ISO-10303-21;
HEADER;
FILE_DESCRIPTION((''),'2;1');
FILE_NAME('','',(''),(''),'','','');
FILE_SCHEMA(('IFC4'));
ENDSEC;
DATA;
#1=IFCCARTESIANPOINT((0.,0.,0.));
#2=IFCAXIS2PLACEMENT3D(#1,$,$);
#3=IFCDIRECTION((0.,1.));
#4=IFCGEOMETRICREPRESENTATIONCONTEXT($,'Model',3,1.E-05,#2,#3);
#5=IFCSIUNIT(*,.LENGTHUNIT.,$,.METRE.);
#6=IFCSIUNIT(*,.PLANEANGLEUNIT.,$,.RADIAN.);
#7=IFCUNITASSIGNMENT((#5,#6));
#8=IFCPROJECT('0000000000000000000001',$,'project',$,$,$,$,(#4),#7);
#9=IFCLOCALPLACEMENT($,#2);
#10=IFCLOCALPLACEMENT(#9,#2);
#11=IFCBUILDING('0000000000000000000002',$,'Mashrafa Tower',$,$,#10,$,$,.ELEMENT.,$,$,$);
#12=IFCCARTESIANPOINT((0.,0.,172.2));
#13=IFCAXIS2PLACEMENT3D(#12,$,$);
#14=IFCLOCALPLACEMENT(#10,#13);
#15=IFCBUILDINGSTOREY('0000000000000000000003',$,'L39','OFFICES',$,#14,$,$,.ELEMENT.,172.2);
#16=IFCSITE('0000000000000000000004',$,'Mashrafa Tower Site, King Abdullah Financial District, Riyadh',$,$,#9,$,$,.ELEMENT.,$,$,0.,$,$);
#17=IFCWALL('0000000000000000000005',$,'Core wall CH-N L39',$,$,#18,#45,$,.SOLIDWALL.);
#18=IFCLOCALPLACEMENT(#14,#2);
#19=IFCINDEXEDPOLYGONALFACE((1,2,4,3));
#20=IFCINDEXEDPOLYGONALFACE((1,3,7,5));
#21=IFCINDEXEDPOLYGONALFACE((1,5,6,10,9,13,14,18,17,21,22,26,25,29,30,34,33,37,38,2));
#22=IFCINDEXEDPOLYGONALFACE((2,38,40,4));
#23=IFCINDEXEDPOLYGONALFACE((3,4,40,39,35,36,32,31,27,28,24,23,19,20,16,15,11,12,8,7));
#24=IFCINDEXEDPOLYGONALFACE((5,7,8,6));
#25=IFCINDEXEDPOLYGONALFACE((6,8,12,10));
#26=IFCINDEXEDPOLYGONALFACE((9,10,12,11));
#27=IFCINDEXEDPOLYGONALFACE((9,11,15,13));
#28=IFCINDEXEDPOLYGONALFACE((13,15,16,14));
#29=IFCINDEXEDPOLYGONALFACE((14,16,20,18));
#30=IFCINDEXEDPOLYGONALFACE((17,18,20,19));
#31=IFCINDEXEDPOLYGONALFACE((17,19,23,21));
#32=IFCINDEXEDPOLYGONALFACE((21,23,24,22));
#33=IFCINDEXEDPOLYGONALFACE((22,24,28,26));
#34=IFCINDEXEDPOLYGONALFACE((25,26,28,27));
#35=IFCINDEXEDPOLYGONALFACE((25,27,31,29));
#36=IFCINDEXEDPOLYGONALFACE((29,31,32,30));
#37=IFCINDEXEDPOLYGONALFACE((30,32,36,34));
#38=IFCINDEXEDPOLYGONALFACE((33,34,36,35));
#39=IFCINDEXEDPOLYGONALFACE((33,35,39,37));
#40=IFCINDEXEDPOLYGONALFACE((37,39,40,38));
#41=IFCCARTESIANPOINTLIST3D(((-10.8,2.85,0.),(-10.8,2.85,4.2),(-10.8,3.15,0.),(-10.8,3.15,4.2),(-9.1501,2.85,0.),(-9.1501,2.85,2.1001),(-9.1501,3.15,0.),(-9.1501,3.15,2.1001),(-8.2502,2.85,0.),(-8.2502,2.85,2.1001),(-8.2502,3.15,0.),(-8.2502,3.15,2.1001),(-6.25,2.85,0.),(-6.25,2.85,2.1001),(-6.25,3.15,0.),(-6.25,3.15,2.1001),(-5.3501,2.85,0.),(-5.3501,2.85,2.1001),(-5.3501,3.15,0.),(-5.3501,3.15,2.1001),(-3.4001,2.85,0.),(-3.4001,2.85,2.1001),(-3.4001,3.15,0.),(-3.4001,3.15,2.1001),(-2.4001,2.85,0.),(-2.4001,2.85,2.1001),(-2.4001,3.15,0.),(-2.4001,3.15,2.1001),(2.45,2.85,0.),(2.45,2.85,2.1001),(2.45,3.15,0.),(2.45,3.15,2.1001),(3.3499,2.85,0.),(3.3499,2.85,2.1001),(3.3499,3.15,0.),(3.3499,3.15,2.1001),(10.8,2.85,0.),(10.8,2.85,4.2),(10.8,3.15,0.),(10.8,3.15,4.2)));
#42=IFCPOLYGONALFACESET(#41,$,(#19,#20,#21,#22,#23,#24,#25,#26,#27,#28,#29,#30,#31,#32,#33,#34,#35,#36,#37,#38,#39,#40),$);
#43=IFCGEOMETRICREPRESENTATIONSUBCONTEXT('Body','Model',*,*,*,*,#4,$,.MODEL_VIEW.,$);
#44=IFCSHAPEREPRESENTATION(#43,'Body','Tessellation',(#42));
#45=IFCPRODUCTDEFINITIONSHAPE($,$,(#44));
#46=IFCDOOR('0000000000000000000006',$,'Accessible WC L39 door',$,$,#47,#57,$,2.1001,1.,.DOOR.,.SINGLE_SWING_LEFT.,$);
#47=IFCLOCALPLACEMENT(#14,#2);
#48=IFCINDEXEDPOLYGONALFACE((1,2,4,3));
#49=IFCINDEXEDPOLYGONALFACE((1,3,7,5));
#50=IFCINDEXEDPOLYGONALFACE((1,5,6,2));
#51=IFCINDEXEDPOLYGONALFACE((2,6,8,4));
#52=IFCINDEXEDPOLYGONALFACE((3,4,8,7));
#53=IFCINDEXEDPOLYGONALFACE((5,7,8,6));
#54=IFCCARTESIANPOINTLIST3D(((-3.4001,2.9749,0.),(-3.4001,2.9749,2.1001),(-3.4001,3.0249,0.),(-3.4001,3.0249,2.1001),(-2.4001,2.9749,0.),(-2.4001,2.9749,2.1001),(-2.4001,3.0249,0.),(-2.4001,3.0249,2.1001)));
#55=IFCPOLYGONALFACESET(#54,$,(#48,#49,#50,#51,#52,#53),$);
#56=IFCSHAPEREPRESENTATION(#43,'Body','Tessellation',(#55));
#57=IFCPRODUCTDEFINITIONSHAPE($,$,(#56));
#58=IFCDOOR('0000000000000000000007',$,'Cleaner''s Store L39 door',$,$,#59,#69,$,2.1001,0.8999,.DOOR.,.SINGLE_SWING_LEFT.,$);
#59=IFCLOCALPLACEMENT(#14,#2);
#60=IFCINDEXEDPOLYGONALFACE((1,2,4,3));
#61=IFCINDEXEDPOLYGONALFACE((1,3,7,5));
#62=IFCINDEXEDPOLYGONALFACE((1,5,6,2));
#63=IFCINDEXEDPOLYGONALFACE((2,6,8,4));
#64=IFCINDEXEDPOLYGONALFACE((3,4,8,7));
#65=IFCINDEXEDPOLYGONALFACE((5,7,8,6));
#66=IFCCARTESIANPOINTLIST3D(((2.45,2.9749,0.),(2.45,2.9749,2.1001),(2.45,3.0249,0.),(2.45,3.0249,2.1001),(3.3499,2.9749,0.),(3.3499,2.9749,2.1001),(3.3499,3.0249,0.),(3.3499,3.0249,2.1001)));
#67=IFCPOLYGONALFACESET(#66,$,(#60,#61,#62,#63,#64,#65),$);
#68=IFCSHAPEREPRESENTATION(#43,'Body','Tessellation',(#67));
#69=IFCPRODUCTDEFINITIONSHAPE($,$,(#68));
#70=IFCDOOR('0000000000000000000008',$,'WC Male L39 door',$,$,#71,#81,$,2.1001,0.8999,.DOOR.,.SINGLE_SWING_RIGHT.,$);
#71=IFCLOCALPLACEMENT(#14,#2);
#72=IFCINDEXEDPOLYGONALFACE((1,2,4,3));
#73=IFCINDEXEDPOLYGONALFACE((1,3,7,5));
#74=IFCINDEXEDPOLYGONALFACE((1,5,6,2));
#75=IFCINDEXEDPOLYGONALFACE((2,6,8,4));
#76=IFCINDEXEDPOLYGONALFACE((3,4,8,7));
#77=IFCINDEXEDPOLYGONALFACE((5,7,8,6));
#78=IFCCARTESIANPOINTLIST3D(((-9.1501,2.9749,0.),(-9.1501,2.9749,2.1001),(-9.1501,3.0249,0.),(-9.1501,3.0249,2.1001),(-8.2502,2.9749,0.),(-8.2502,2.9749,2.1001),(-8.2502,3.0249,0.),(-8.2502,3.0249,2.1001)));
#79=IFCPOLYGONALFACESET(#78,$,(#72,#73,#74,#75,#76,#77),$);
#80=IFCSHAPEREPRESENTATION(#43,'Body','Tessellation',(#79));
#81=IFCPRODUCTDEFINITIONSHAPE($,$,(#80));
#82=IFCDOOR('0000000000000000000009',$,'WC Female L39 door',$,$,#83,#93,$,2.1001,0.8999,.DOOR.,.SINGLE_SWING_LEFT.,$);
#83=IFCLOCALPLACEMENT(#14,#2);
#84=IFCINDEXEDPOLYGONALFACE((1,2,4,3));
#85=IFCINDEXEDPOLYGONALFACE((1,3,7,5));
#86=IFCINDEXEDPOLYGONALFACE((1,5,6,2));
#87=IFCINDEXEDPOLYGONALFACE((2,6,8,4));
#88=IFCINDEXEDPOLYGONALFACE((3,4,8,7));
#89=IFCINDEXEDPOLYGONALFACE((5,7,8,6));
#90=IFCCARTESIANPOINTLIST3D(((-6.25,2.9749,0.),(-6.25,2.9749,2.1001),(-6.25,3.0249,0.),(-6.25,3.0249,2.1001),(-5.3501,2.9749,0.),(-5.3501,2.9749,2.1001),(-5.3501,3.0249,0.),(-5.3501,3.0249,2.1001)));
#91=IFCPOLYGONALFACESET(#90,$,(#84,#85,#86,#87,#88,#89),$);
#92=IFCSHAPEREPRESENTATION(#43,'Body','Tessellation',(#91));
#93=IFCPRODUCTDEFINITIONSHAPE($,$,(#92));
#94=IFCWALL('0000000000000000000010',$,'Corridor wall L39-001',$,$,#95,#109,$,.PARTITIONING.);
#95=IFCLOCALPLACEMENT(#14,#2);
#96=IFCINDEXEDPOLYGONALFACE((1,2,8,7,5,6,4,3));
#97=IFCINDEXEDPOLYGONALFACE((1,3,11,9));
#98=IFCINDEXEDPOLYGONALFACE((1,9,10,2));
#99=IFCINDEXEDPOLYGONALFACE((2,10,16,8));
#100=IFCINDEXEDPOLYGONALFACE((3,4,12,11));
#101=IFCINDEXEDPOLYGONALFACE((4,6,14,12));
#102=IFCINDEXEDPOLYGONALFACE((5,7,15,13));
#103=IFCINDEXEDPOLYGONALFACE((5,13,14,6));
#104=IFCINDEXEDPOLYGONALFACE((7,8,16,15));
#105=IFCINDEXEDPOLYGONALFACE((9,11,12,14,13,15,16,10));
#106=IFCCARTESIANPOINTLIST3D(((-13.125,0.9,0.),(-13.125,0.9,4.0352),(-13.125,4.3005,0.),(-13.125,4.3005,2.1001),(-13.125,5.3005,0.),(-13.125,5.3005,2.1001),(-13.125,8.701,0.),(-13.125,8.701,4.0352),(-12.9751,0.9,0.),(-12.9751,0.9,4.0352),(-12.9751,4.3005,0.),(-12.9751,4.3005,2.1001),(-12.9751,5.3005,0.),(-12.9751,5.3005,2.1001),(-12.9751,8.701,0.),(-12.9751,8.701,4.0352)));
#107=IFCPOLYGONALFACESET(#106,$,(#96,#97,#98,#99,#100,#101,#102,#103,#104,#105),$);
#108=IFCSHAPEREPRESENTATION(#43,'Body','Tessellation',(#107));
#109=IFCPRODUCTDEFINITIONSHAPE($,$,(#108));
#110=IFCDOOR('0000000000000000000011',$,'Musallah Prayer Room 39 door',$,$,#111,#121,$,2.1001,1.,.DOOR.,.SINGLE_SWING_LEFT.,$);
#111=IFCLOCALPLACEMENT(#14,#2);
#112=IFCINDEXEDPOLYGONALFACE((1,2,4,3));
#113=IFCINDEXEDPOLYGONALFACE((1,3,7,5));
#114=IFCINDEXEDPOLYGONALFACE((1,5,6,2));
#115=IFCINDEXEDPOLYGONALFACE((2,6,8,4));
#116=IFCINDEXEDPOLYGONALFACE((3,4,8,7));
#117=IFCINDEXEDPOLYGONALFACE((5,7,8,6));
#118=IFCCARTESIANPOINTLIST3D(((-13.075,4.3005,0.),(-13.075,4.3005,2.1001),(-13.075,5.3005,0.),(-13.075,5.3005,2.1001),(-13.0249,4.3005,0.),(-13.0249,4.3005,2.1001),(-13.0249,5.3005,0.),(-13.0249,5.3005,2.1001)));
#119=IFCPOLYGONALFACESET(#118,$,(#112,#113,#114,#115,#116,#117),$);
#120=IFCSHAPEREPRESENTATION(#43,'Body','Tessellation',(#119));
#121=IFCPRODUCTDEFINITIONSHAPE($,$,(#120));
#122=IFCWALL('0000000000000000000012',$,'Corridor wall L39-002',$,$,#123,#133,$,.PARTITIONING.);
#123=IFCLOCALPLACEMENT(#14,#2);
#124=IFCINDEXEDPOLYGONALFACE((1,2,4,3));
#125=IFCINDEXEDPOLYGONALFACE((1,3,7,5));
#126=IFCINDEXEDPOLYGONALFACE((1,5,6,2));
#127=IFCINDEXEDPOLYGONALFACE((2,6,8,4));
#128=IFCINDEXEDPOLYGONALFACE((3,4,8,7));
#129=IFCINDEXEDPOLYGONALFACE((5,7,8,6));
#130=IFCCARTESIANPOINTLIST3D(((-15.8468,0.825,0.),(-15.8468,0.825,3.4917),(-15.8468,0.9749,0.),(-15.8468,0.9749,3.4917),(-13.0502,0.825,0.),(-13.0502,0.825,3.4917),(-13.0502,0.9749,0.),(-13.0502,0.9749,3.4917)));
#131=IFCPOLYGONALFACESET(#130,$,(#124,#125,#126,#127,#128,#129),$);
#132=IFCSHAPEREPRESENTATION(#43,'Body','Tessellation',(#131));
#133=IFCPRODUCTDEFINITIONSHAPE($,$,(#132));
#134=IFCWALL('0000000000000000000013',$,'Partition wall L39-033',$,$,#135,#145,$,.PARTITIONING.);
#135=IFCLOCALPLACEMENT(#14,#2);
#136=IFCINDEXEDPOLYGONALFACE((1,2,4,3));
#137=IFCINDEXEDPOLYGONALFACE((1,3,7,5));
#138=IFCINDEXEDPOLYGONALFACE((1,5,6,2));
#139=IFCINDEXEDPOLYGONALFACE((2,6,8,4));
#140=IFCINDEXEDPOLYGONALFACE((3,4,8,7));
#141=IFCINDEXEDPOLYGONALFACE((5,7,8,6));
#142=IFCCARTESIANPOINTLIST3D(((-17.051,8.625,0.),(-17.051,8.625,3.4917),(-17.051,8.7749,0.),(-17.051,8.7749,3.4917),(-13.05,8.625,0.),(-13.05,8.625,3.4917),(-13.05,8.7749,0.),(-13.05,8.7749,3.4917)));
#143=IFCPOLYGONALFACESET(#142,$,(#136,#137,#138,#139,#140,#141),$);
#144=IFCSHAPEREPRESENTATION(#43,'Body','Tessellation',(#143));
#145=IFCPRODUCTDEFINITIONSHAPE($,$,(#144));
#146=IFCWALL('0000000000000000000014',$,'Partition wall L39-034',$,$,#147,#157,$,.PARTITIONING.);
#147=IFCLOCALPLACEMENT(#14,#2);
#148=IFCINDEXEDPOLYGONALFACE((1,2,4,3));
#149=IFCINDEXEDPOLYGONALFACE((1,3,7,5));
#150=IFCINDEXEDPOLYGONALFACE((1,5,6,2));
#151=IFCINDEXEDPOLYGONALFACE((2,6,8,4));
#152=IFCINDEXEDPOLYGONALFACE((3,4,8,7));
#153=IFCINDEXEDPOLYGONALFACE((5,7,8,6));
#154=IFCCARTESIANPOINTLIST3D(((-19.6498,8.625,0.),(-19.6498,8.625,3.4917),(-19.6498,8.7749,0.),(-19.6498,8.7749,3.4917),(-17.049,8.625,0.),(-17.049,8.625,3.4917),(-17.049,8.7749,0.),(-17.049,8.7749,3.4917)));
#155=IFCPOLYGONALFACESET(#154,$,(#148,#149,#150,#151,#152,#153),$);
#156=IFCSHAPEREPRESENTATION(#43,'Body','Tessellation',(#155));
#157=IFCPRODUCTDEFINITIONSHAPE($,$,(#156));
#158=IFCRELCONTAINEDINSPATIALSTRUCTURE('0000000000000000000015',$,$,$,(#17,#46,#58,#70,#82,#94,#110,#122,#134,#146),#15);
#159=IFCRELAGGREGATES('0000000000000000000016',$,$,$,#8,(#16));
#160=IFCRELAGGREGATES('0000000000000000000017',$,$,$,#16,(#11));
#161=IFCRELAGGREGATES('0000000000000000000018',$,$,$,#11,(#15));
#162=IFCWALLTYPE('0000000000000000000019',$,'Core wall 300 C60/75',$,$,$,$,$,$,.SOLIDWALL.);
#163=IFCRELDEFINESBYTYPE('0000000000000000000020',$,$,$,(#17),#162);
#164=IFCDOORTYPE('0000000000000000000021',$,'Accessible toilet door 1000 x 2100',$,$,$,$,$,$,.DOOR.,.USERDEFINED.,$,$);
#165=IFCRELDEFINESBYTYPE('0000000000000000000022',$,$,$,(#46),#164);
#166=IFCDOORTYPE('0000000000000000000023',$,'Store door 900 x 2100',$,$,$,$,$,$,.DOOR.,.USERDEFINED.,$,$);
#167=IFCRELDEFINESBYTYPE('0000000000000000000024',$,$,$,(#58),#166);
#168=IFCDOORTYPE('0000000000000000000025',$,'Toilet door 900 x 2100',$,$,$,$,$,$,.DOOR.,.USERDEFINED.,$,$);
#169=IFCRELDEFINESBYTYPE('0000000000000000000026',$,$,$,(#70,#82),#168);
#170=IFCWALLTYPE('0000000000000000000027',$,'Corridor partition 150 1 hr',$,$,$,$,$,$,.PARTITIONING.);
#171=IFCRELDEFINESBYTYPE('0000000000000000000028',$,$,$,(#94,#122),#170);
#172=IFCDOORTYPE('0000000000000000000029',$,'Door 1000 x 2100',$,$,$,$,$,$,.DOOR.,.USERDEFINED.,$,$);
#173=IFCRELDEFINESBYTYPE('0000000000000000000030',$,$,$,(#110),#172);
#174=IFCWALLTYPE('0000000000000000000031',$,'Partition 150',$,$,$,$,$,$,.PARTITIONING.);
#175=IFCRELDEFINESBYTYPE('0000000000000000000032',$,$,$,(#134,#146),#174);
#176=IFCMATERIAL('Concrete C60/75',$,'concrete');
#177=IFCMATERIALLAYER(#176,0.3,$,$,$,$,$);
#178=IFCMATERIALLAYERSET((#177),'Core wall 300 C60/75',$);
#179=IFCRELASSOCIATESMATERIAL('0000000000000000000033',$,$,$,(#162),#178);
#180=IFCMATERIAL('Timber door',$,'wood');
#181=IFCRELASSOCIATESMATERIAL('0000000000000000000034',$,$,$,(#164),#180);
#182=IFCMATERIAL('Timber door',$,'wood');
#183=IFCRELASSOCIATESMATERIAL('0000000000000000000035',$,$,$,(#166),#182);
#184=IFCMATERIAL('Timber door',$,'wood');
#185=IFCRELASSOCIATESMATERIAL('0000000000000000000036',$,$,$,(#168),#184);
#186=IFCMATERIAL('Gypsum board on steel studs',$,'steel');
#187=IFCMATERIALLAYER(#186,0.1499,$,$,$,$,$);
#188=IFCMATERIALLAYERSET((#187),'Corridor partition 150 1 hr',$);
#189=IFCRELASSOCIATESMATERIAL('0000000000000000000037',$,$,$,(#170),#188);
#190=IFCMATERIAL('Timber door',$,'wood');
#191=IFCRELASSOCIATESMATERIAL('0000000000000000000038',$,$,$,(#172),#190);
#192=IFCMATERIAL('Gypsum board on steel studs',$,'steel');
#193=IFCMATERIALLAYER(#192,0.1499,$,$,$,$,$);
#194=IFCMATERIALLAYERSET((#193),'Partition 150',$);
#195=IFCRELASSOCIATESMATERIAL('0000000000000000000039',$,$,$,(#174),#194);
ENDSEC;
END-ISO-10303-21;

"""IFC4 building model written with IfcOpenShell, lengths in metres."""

from ifc_helpers import new_model, si_unit, direction, frame, frame_2d, origin, place, context, subcontext, project, spatial, rectangle, extrude, material, layer, layer_set, type_object, element, fill, save


model = new_model("IFC4")

# Units and contexts
model_context = context("Model", 3, precision=1e-05, world=origin(), true_north=direction((0.0, 1.0)))
body_context = subcontext(model_context, "Body", "Model", "MODEL_VIEW")
ifc_project = project(units=[si_unit("LENGTHUNIT", "METRE"), si_unit("PLANEANGLEUNIT", "RADIAN")], contexts=[model_context])

# Site, building, storey
site_placement = place(None, origin())
site = spatial("IfcSite", under=ifc_project, at=site_placement, Name="Mashrafa Tower Site, King Abdullah Financial District, Riyadh", CompositionType="ELEMENT", RefElevation=0.0)
building_placement = place(site_placement, origin())
building = spatial("IfcBuilding", under=site, at=building_placement, Name="Mashrafa Tower", CompositionType="ELEMENT")
storey_placement = place(building_placement, frame((0.0, 0.0, 172.2)))
storey = spatial("IfcBuildingStorey", under=building, at=storey_placement, Name="L39", Description="OFFICES", CompositionType="ELEMENT", Elevation=172.2)

# Wall, openings, doors
ifc_material_1 = material(Name="Concrete C60/75", Category="concrete")
ifc_layer_1 = layer(ifc_material_1, 0.3)
ifc_layer_set_1 = layer_set([ifc_layer_1], Name="Core wall 300 C60/75")
wall_type_1 = type_object("IfcWallType", Name="Core wall 300 C60/75", PredefinedType="SOLIDWALL", material=ifc_layer_set_1)
wall_1_placement = place(storey_placement, frame((-10.8, 3.0, 0.0), z_axis=(0.0, 0.0, 1.0), x_axis=(1.0, 0.0, 0.0)))
wall_1 = element("IfcWall", 1, at=wall_1_placement, inside=storey, type_object=wall_type_1, Name="Core wall CH-N L39", PredefinedType="SOLIDWALL", context=body_context, shape_type="SweptSolid", body=[
    extrude(rectangle(XDim=21.6001, YDim=0.3, at=frame_2d((10.8, 0.0))), origin(), (0.0, 0.0, 1.0), 4.2),
])
opening_1_placement = place(wall_1_placement, frame((1.6499, 0.0, 0.0)))
opening_1 = element("IfcOpeningElement", 2, at=opening_1_placement, cuts=wall_1, PredefinedType="OPENING", context=body_context, shape_type="SweptSolid", body=[
    extrude(rectangle(XDim=0.8999, YDim=2.1001, at=frame_2d((0.45, 1.05))), frame((0.0, 0.1599, 0.0), z_axis=(0.0, -1.0, 0.0), x_axis=(1.0, 0.0, 0.0)), (0.0, 0.0, 1.0), 0.3201),
])
opening_2_placement = place(wall_1_placement, frame((4.55, 0.0, 0.0)))
opening_2 = element("IfcOpeningElement", 3, at=opening_2_placement, cuts=wall_1, PredefinedType="OPENING", context=body_context, shape_type="SweptSolid", body=[
    extrude(rectangle(XDim=0.8999, YDim=2.1001, at=frame_2d((0.45, 1.05))), frame((0.0, 0.1599, 0.0), z_axis=(0.0, -1.0, 0.0), x_axis=(1.0, 0.0, 0.0)), (0.0, 0.0, 1.0), 0.3201),
])
opening_3_placement = place(wall_1_placement, frame((7.3999, 0.0, 0.0)))
opening_3 = element("IfcOpeningElement", 4, at=opening_3_placement, cuts=wall_1, PredefinedType="OPENING", context=body_context, shape_type="SweptSolid", body=[
    extrude(rectangle(XDim=1.0, YDim=2.1001, at=frame_2d((0.5, 1.05))), frame((0.0, 0.1599, 0.0), z_axis=(0.0, -1.0, 0.0), x_axis=(1.0, 0.0, 0.0)), (0.0, 0.0, 1.0), 0.3201),
])
opening_4_placement = place(wall_1_placement, frame((13.25, 0.0, 0.0)))
opening_4 = element("IfcOpeningElement", 5, at=opening_4_placement, cuts=wall_1, PredefinedType="OPENING", context=body_context, shape_type="SweptSolid", body=[
    extrude(rectangle(XDim=0.8999, YDim=2.1001, at=frame_2d((0.45, 1.05))), frame((0.0, 0.1599, 0.0), z_axis=(0.0, -1.0, 0.0), x_axis=(1.0, 0.0, 0.0)), (0.0, 0.0, 1.0), 0.3201),
])
ifc_material_2 = material(Name="Timber door", Category="wood")
door_type_1 = type_object("IfcDoorType", Name="Accessible toilet door 1000 x 2100", OperationType="USERDEFINED", PredefinedType="DOOR", material=ifc_material_2)
door_1_placement = place(opening_3_placement, origin())
door_1 = element("IfcDoor", 6, at=door_1_placement, inside=storey, type_object=door_type_1, Name="Accessible WC L39 door", OperationType="SINGLE_SWING_LEFT", OverallHeight=2.1001, OverallWidth=1.0, PredefinedType="DOOR", context=body_context, shape_type="SweptSolid", body=[
    extrude(rectangle(XDim=1.0, YDim=2.1001, at=frame_2d((0.5, 1.05))), frame((0.0, 0.0249, 0.0), z_axis=(0.0, -1.0, 0.0), x_axis=(1.0, 0.0, 0.0)), (0.0, 0.0, 1.0), 0.05),
])
fill(opening_3, door_1)
ifc_material_3 = material(Name="Timber door", Category="wood")
door_type_2 = type_object("IfcDoorType", Name="Store door 900 x 2100", OperationType="USERDEFINED", PredefinedType="DOOR", material=ifc_material_3)
door_2_placement = place(opening_4_placement, origin())
door_2 = element("IfcDoor", 7, at=door_2_placement, inside=storey, type_object=door_type_2, Name="Cleaner's Store L39 door", OperationType="SINGLE_SWING_LEFT", OverallHeight=2.1001, OverallWidth=0.8999, PredefinedType="DOOR", context=body_context, shape_type="SweptSolid", body=[
    extrude(rectangle(XDim=0.8999, YDim=2.1001, at=frame_2d((0.45, 1.05))), frame((0.0, 0.0249, 0.0), z_axis=(0.0, -1.0, 0.0), x_axis=(1.0, 0.0, 0.0)), (0.0, 0.0, 1.0), 0.05),
])
fill(opening_4, door_2)
ifc_material_4 = material(Name="Timber door", Category="wood")
door_type_3 = type_object("IfcDoorType", Name="Toilet door 900 x 2100", OperationType="USERDEFINED", PredefinedType="DOOR", material=ifc_material_4)
door_3_placement = place(opening_1_placement, origin())
door_3 = element("IfcDoor", 8, at=door_3_placement, inside=storey, type_object=door_type_3, Name="WC Male L39 door", OperationType="SINGLE_SWING_RIGHT", OverallHeight=2.1001, OverallWidth=0.8999, PredefinedType="DOOR", context=body_context, shape_type="SweptSolid", body=[
    extrude(rectangle(XDim=0.8999, YDim=2.1001, at=frame_2d((0.45, 1.05))), frame((0.0, 0.0249, 0.0), z_axis=(0.0, -1.0, 0.0), x_axis=(1.0, 0.0, 0.0)), (0.0, 0.0, 1.0), 0.05),
])
fill(opening_1, door_3)
door_4_placement = place(opening_2_placement, origin())
door_4 = element("IfcDoor", 9, at=door_4_placement, inside=storey, type_object=door_type_3, Name="WC Female L39 door", OperationType="SINGLE_SWING_LEFT", OverallHeight=2.1001, OverallWidth=0.8999, PredefinedType="DOOR", context=body_context, shape_type="SweptSolid", body=[
    extrude(rectangle(XDim=0.8999, YDim=2.1001, at=frame_2d((0.45, 1.05))), frame((0.0, 0.0249, 0.0), z_axis=(0.0, -1.0, 0.0), x_axis=(1.0, 0.0, 0.0)), (0.0, 0.0, 1.0), 0.05),
])
fill(opening_2, door_4)

# Wall, opening, door
ifc_material_5 = material(Name="Gypsum board on steel studs", Category="steel")
ifc_layer_2 = layer(ifc_material_5, 0.1499)
ifc_layer_set_2 = layer_set([ifc_layer_2], Name="Corridor partition 150 1 hr")
wall_type_2 = type_object("IfcWallType", Name="Corridor partition 150 1 hr", PredefinedType="PARTITIONING", material=ifc_layer_set_2)
wall_2_placement = place(storey_placement, frame((-13.05, 8.7009, 0.0), z_axis=(0.0, 0.0, 1.0), x_axis=(0.0, -1.0, 0.0)))
wall_2 = element("IfcWall", 10, at=wall_2_placement, inside=storey, type_object=wall_type_2, Name="Corridor wall L39-001", PredefinedType="PARTITIONING", context=body_context, shape_type="SweptSolid", body=[
    extrude(rectangle(XDim=7.801, YDim=0.1499, at=frame_2d((3.9004, 0.0))), origin(), (0.0, 0.0, 1.0), 4.0352),
])
opening_5_placement = place(wall_2_placement, frame((3.4004, 0.0, 0.0)))
opening_5 = element("IfcOpeningElement", 11, at=opening_5_placement, cuts=wall_2, PredefinedType="OPENING", context=body_context, shape_type="SweptSolid", body=[
    extrude(rectangle(XDim=1.0, YDim=2.1001, at=frame_2d((0.5, 1.05))), frame((0.0, 0.085, 0.0), z_axis=(0.0, -1.0, 0.0), x_axis=(1.0, 0.0, 0.0)), (0.0, 0.0, 1.0), 0.1699),
])
ifc_material_6 = material(Name="Timber door", Category="wood")
door_type_4 = type_object("IfcDoorType", Name="Door 1000 x 2100", OperationType="USERDEFINED", PredefinedType="DOOR", material=ifc_material_6)
door_5_placement = place(opening_5_placement, frame((1.0, 0.0, 0.0), z_axis=(0.0, 0.0, 1.0), x_axis=(-1.0, 0.0, 0.0)))
door_5 = element("IfcDoor", 12, at=door_5_placement, inside=storey, type_object=door_type_4, Name="Musallah Prayer Room 39 door", OperationType="SINGLE_SWING_LEFT", OverallHeight=2.1001, OverallWidth=1.0, PredefinedType="DOOR", context=body_context, shape_type="SweptSolid", body=[
    extrude(rectangle(XDim=1.0, YDim=2.1001, at=frame_2d((0.5, 1.05))), frame((0.0, 0.0249, 0.0), z_axis=(0.0, -1.0, 0.0), x_axis=(1.0, 0.0, 0.0)), (0.0, 0.0, 1.0), 0.05),
])
fill(opening_5, door_5)

# Wall
wall_3_placement = place(storey_placement, frame((-13.05, 0.8999, 0.0), z_axis=(0.0, 0.0, 1.0), x_axis=(-1.0, 0.0, 0.0)))
element("IfcWall", 13, at=wall_3_placement, inside=storey, type_object=wall_type_2, Name="Corridor wall L39-002", PredefinedType="PARTITIONING", context=body_context, shape_type="SweptSolid", body=[
    extrude(rectangle(XDim=2.7966, YDim=0.1499, at=frame_2d((1.3984, 0.0))), origin(), (0.0, 0.0, 1.0), 3.4917),
])

# Walls
ifc_material_7 = material(Name="Gypsum board on steel studs", Category="steel")
ifc_layer_3 = layer(ifc_material_7, 0.1499)
ifc_layer_set_3 = layer_set([ifc_layer_3], Name="Partition 150")
wall_type_3 = type_object("IfcWallType", Name="Partition 150", PredefinedType="PARTITIONING", material=ifc_layer_set_3)
wall_4_placement = place(storey_placement, frame((-13.05, 8.7, 0.0), z_axis=(0.0, 0.0, 1.0), x_axis=(-1.0, 0.0, 0.0)))
element("IfcWall", 14, at=wall_4_placement, inside=storey, type_object=wall_type_3, Name="Partition wall L39-033", PredefinedType="PARTITIONING", context=body_context, shape_type="SweptSolid", body=[
    extrude(rectangle(XDim=4.001, YDim=0.1499, at=frame_2d((2.0005, 0.0))), origin(), (0.0, 0.0, 1.0), 3.4917),
])
wall_5_placement = place(storey_placement, frame((-17.0491, 8.7, 0.0), z_axis=(0.0, 0.0, 1.0), x_axis=(-1.0, 0.0, 0.0)))
element("IfcWall", 15, at=wall_5_placement, inside=storey, type_object=wall_type_3, Name="Partition wall L39-034", PredefinedType="PARTITIONING", context=body_context, shape_type="SweptSolid", body=[
    extrude(rectangle(XDim=2.6008, YDim=0.1499, at=frame_2d((1.3003, 0.0))), origin(), (0.0, 0.0, 1.0), 3.4917),
])

save(model, "model.ifc")
